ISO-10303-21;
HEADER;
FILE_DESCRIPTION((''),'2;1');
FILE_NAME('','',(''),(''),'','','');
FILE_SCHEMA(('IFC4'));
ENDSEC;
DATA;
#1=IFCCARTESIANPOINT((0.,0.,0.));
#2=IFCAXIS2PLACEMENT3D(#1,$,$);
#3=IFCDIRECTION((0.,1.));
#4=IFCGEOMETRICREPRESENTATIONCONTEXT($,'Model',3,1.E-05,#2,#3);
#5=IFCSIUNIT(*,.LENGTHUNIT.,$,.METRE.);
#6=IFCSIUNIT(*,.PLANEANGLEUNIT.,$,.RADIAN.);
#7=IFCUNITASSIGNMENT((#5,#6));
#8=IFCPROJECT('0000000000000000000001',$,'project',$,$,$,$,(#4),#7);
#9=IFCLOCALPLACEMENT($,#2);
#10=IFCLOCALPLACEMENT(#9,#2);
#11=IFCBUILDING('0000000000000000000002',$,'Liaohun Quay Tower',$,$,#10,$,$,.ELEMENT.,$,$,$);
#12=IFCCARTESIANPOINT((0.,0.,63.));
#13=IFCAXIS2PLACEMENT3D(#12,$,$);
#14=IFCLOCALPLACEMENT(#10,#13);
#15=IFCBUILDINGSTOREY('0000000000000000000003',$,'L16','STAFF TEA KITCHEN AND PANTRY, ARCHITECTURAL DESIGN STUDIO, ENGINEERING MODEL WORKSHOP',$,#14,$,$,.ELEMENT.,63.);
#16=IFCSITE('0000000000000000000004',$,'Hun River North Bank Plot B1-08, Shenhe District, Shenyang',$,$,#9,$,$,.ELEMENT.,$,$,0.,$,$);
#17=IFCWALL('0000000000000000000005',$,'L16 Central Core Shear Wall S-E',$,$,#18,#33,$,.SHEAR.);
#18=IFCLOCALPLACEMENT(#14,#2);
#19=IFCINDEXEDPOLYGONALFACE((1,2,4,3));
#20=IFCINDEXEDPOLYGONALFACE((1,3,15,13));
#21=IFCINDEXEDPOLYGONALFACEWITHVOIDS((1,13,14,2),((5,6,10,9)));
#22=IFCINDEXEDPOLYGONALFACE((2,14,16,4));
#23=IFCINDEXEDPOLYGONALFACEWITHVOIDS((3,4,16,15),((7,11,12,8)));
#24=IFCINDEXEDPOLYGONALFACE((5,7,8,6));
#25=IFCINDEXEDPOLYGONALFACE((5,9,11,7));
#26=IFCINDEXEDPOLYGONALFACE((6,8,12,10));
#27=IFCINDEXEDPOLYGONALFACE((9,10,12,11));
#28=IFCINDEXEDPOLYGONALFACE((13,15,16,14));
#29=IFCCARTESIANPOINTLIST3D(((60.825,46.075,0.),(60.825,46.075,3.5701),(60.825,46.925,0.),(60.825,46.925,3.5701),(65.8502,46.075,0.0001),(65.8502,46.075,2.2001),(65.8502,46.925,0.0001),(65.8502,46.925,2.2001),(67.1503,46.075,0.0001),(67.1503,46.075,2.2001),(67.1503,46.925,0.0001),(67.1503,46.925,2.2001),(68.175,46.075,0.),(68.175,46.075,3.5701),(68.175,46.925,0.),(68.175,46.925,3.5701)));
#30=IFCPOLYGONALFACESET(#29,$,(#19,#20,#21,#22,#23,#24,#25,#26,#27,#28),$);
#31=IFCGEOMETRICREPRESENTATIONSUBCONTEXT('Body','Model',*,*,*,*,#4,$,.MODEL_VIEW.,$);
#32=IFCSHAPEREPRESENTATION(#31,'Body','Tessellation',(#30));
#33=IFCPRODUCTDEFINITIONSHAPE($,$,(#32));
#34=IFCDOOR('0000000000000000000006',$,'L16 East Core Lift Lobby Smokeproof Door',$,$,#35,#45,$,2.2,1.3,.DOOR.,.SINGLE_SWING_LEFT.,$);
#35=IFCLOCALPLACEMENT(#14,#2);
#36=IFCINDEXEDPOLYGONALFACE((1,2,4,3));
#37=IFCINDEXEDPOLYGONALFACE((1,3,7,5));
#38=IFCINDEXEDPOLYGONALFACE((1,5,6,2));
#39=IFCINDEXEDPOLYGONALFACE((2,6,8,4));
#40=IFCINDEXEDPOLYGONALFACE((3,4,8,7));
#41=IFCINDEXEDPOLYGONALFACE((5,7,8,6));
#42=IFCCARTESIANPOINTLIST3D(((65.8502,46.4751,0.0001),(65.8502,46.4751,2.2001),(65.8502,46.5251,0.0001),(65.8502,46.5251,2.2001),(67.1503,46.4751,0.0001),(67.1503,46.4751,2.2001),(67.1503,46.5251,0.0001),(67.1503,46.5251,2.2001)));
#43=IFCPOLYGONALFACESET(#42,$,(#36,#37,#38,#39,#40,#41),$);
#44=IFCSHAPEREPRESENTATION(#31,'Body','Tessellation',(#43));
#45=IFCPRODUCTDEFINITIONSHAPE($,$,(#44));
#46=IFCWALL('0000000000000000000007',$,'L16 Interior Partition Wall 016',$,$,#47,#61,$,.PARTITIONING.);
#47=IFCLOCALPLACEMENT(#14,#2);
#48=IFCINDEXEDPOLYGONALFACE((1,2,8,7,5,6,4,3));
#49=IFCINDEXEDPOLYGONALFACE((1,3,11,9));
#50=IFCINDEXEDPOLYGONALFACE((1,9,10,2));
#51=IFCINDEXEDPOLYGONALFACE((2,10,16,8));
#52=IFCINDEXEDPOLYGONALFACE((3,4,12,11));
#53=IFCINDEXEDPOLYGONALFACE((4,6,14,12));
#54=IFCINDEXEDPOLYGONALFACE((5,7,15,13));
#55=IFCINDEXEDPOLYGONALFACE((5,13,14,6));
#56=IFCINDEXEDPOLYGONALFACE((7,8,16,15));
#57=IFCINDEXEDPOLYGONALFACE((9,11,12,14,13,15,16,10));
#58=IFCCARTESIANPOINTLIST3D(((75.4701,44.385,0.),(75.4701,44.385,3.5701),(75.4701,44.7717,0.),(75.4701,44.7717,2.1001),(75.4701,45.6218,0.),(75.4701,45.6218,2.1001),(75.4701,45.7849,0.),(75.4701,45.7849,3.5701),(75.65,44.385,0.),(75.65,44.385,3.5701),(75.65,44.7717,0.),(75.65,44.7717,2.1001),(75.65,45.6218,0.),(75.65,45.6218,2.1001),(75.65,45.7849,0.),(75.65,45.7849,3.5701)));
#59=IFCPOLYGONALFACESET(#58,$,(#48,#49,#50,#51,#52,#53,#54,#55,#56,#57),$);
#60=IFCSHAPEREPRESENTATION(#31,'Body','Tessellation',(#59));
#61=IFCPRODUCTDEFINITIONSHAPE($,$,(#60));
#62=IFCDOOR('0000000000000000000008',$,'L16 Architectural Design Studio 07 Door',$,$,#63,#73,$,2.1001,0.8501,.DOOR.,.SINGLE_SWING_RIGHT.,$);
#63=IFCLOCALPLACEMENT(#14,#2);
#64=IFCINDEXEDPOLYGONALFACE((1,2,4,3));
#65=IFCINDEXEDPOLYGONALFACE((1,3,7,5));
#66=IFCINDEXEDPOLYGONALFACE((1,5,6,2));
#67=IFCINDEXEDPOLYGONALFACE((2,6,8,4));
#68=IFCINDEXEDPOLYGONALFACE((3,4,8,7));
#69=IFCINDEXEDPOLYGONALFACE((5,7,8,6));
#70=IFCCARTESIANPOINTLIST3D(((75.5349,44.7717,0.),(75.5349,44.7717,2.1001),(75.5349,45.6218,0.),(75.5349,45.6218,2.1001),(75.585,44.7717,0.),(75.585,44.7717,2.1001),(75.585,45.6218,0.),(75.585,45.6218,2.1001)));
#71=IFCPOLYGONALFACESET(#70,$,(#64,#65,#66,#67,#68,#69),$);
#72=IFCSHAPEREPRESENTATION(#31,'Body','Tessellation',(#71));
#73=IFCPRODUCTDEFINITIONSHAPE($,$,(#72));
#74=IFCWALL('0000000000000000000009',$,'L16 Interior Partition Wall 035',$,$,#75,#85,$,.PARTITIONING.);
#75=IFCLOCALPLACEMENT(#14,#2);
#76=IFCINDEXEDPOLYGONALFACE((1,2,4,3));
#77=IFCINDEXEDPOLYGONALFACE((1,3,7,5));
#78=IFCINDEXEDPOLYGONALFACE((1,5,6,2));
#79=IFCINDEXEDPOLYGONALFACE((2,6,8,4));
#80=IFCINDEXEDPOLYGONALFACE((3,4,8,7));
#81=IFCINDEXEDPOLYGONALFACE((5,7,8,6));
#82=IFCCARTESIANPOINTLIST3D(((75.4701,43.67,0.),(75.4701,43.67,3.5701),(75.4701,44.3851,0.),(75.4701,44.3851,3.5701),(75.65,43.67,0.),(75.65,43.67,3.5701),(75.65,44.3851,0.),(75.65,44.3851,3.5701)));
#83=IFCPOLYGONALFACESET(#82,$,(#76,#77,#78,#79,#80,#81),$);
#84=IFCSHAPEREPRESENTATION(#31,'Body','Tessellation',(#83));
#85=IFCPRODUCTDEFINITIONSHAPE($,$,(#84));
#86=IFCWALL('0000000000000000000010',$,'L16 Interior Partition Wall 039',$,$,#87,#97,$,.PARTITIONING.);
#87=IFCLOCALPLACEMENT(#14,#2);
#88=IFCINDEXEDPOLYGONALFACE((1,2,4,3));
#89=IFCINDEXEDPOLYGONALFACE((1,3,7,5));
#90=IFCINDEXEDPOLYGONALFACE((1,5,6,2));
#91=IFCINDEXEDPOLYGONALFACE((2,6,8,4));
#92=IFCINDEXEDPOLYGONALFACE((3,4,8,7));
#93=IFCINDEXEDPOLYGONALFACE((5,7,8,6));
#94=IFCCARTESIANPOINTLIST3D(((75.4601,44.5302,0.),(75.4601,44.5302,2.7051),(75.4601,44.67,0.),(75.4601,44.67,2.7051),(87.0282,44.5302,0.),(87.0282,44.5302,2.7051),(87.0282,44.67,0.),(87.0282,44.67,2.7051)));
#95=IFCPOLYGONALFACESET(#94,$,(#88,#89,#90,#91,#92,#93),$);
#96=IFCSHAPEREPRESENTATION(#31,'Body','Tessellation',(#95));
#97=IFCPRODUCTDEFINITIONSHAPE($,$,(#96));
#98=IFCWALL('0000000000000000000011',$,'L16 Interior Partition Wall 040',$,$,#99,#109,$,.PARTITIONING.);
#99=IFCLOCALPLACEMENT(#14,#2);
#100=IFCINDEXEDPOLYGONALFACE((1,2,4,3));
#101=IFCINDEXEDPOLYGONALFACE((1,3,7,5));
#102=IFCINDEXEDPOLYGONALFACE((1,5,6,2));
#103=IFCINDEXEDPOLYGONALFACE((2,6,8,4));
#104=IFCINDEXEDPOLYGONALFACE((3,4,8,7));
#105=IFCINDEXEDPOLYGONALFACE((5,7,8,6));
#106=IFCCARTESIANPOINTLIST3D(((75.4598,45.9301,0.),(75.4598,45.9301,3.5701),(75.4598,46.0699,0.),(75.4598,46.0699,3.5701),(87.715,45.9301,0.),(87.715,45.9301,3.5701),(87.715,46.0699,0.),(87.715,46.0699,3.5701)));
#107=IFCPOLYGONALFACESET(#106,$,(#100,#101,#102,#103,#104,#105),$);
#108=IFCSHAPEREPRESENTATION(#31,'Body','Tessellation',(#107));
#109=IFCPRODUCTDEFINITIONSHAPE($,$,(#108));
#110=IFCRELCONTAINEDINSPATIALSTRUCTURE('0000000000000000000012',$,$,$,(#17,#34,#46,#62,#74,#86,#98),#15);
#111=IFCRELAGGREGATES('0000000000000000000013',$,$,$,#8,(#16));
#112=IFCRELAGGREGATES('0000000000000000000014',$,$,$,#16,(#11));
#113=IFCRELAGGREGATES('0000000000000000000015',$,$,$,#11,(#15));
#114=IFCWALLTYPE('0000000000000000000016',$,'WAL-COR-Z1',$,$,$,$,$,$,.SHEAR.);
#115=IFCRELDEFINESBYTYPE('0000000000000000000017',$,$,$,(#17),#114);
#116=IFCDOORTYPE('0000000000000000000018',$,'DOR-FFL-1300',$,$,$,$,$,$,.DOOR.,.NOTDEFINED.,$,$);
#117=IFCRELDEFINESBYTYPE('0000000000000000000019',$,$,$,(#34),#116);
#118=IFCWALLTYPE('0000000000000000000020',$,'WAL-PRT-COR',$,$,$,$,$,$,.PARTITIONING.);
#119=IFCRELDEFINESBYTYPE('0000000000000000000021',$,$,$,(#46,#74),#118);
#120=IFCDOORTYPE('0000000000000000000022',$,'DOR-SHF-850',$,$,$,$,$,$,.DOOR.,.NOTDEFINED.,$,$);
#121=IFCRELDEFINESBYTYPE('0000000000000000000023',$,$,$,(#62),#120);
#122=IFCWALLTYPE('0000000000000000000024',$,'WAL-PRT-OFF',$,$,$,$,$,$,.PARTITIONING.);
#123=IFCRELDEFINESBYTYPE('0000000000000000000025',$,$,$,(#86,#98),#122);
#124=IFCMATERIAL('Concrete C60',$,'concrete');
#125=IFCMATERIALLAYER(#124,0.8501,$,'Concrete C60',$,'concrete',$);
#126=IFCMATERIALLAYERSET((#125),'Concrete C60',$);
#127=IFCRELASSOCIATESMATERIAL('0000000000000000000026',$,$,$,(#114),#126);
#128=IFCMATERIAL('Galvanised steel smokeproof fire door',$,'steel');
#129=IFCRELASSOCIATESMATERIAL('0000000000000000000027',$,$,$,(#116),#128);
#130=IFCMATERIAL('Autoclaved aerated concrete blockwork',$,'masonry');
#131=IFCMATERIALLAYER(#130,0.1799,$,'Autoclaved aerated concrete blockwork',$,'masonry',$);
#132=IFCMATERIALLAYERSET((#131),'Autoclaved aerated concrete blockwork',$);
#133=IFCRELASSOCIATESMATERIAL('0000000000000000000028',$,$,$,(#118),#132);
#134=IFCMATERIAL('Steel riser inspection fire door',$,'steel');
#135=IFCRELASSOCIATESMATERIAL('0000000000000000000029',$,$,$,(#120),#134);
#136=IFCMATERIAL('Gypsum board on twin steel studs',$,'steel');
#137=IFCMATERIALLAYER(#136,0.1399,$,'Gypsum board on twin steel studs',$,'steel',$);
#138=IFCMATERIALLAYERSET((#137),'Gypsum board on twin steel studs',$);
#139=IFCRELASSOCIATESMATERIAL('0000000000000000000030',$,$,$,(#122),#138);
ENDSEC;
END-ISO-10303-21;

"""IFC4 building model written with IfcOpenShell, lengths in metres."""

from ifc_helpers import new_model, si_unit, direction, frame, frame_2d, origin, place, context, subcontext, project, spatial, rectangle, extrude, source, transform, mapped, material, layer, layer_set, type_object, element, fill, save


model = new_model("IFC4")

# Units and contexts
model_context = context("Model", 3, precision=1e-05, world=origin(), true_north=direction((0.0, 1.0)))
body_context = subcontext(model_context, "Body", "Model", "MODEL_VIEW")
ifc_project = project(units=[si_unit("LENGTHUNIT", "METRE"), si_unit("PLANEANGLEUNIT", "RADIAN")], contexts=[model_context])

# Site, building, storey
site_placement = place(None, origin())
site = spatial("IfcSite", under=ifc_project, at=site_placement, Name="Hun River North Bank Plot B1-08, Shenhe District, Shenyang", CompositionType="ELEMENT", RefElevation=0.0)
building_placement = place(site_placement, origin())
building = spatial("IfcBuilding", under=site, at=building_placement, Name="Liaohun Quay Tower", CompositionType="ELEMENT")
storey_placement = place(building_placement, frame((0.0, 0.0, 63.0)))
storey = spatial("IfcBuildingStorey", under=building, at=storey_placement, Name="L16", Description="STAFF TEA KITCHEN AND PANTRY, ARCHITECTURAL DESIGN STUDIO, ENGINEERING MODEL WORKSHOP", CompositionType="ELEMENT", Elevation=63.0)

# Shared definitions
ifc_material_1 = material(Name="Concrete C60", Category="concrete")

# Walls, openings, doors
ifc_layer_1 = layer(ifc_material_1, 0.8501, Name="Concrete C60", Category="concrete")
ifc_layer_set_1 = layer_set([ifc_layer_1], Name="Concrete C60")
wall_type_1 = type_object("IfcWallType", Name="WAL-COR-Z1", PredefinedType="SHEAR", material=ifc_layer_set_1)
wall_1_placement = place(storey_placement, frame((68.175, 46.5, 0.0), z_axis=(0.0, 0.0, 1.0), x_axis=(-1.0, 0.0, 0.0)))
wall_1 = element("IfcWall", 1, at=wall_1_placement, inside=storey, type_object=wall_type_1, Name="L16 Central Core Shear Wall S-E", PredefinedType="SHEAR", context=body_context, shape_type="SweptSolid", body=[
    extrude(rectangle(XDim=7.3501, YDim=0.8501, at=frame_2d((3.675, 0.0))), origin(), (0.0, 0.0, 1.0), 3.5701),
])
shared_shape_1 = source(origin(), body_context, "Body", "SweptSolid", [
    extrude(rectangle(XDim=1.3, YDim=2.2, at=frame_2d((0.6499, 1.1001))), frame((0.0, 0.4351, 0.0), z_axis=(0.0, -1.0, 0.0), x_axis=(1.0, 0.0, 0.0)), (0.0, 0.0, 1.0), 0.8701),
])
opening_1_placement = place(wall_1_placement, frame((1.0249, 0.0, 0.0)))
opening_1 = element("IfcOpeningElement", 2, at=opening_1_placement, cuts=wall_1, PredefinedType="OPENING", context=body_context, shape_type="MappedRepresentation", body=[
    mapped(shared_shape_1, transform((0.0, 0.0, 0.0), x_axis=(1.0, 0.0, 0.0), y_axis=(0.0, 1.0, 0.0), z_axis=(0.0, 0.0, 1.0), scale=1.0)),
])
ifc_material_2 = material(Name="Galvanised steel smokeproof fire door", Category="steel")
door_type_1 = type_object("IfcDoorType", Name="DOR-FFL-1300", OperationType="NOTDEFINED", PredefinedType="DOOR", material=ifc_material_2)
shared_shape_2 = source(origin(), body_context, "Body", "SweptSolid", [
    extrude(rectangle(XDim=1.3, YDim=2.2, at=frame_2d((0.6499, 1.1001))), frame((0.0, 0.0249, 0.0), z_axis=(0.0, -1.0, 0.0), x_axis=(1.0, 0.0, 0.0)), (0.0, 0.0, 1.0), 0.05),
])
door_1_placement = place(opening_1_placement, origin())
door_1 = element("IfcDoor", 3, at=door_1_placement, inside=storey, type_object=door_type_1, Name="L16 East Core Lift Lobby Smokeproof Door", OperationType="SINGLE_SWING_LEFT", OverallHeight=2.2, OverallWidth=1.3, PredefinedType="DOOR", context=body_context, shape_type="MappedRepresentation", body=[
    mapped(shared_shape_2, transform((0.0, 0.0, 0.0), x_axis=(1.0, 0.0, 0.0), y_axis=(0.0, 1.0, 0.0), z_axis=(0.0, 0.0, 1.0), scale=1.0)),
])
fill(opening_1, door_1)
ifc_material_3 = material(Name="Autoclaved aerated concrete blockwork", Category="masonry")
ifc_layer_2 = layer(ifc_material_3, 0.1799, Name="Autoclaved aerated concrete blockwork", Category="masonry")
ifc_layer_set_2 = layer_set([ifc_layer_2], Name="Autoclaved aerated concrete blockwork")
wall_type_2 = type_object("IfcWallType", Name="WAL-PRT-COR", PredefinedType="PARTITIONING", material=ifc_layer_set_2)
wall_2_placement = place(storey_placement, frame((75.5601, 45.7849, 0.0), z_axis=(0.0, 0.0, 1.0), x_axis=(0.0, -1.0, 0.0)))
wall_2 = element("IfcWall", 4, at=wall_2_placement, inside=storey, type_object=wall_type_2, Name="L16 Interior Partition Wall 016", PredefinedType="PARTITIONING", context=body_context, shape_type="SweptSolid", body=[
    extrude(rectangle(XDim=1.3999, YDim=0.1799, at=frame_2d((0.7, 0.0))), origin(), (0.0, 0.0, 1.0), 3.5701),
])
shared_shape_3 = source(origin(), body_context, "Body", "SweptSolid", [
    extrude(rectangle(XDim=0.8501, YDim=2.1001, at=frame_2d((0.425, 1.05))), frame((0.0, 0.0999, 0.0), z_axis=(0.0, -1.0, 0.0), x_axis=(1.0, 0.0, 0.0)), (0.0, 0.0, 1.0), 0.2),
])
opening_2_placement = place(wall_2_placement, frame((0.1631, 0.0, 0.0)))
opening_2 = element("IfcOpeningElement", 5, at=opening_2_placement, cuts=wall_2, PredefinedType="OPENING", context=body_context, shape_type="MappedRepresentation", body=[
    mapped(shared_shape_3, transform((0.0, 0.0, 0.0), x_axis=(1.0, 0.0, 0.0), y_axis=(0.0, 1.0, 0.0), z_axis=(0.0, 0.0, 1.0), scale=1.0)),
])
ifc_material_4 = material(Name="Steel riser inspection fire door", Category="steel")
door_type_2 = type_object("IfcDoorType", Name="DOR-SHF-850", OperationType="NOTDEFINED", PredefinedType="DOOR", material=ifc_material_4)
shared_shape_4 = source(origin(), body_context, "Body", "SweptSolid", [
    extrude(rectangle(XDim=0.8501, YDim=2.1001, at=frame_2d((0.425, 1.05))), frame((0.0, 0.0249, 0.0), z_axis=(0.0, -1.0, 0.0), x_axis=(1.0, 0.0, 0.0)), (0.0, 0.0, 1.0), 0.05),
])
door_2_placement = place(opening_2_placement, origin())
door_2 = element("IfcDoor", 6, at=door_2_placement, inside=storey, type_object=door_type_2, Name="L16 Architectural Design Studio 07 Door", OperationType="SINGLE_SWING_RIGHT", OverallHeight=2.1001, OverallWidth=0.8501, PredefinedType="DOOR", context=body_context, shape_type="MappedRepresentation", body=[
    mapped(shared_shape_4, transform((0.0, 0.0, 0.0), x_axis=(1.0, 0.0, 0.0), y_axis=(0.0, 1.0, 0.0), z_axis=(0.0, 0.0, 1.0), scale=1.0)),
])
fill(opening_2, door_2)

# Walls
wall_3_placement = place(storey_placement, frame((75.5601, 44.385, 0.0), z_axis=(0.0, 0.0, 1.0), x_axis=(0.0, -1.0, 0.0)))
element("IfcWall", 7, at=wall_3_placement, inside=storey, type_object=wall_type_2, Name="L16 Interior Partition Wall 035", PredefinedType="PARTITIONING", context=body_context, shape_type="SweptSolid", body=[
    extrude(rectangle(XDim=0.7151, YDim=0.1799, at=frame_2d((0.3574, 0.0))), origin(), (0.0, 0.0, 1.0), 3.5701),
])
ifc_material_5 = material(Name="Gypsum board on twin steel studs", Category="steel")
ifc_layer_3 = layer(ifc_material_5, 0.1399, Name="Gypsum board on twin steel studs", Category="steel")
ifc_layer_set_3 = layer_set([ifc_layer_3], Name="Gypsum board on twin steel studs")
wall_type_3 = type_object("IfcWallType", Name="WAL-PRT-OFF", PredefinedType="PARTITIONING", material=ifc_layer_set_3)
wall_4_placement = place(storey_placement, frame((75.46, 44.6001, 0.0), z_axis=(0.0, 0.0, 1.0), x_axis=(1.0, 0.0, 0.0)))
element("IfcWall", 8, at=wall_4_placement, inside=storey, type_object=wall_type_3, Name="L16 Interior Partition Wall 039", PredefinedType="PARTITIONING", context=body_context, shape_type="SweptSolid", body=[
    extrude(rectangle(XDim=11.5681, YDim=0.1399, at=frame_2d((5.7842, 0.0))), origin(), (0.0, 0.0, 1.0), 2.7051),
])
wall_5_placement = place(storey_placement, frame((75.46, 46.0, 0.0), z_axis=(0.0, 0.0, 1.0), x_axis=(1.0, 0.0, 0.0)))
element("IfcWall", 9, at=wall_5_placement, inside=storey, type_object=wall_type_3, Name="L16 Interior Partition Wall 040", PredefinedType="PARTITIONING", context=body_context, shape_type="SweptSolid", body=[
    extrude(rectangle(XDim=12.2551, YDim=0.1399, at=frame_2d((6.1274, 0.0))), origin(), (0.0, 0.0, 1.0), 3.5701),
])

save(model, "model.ifc")
